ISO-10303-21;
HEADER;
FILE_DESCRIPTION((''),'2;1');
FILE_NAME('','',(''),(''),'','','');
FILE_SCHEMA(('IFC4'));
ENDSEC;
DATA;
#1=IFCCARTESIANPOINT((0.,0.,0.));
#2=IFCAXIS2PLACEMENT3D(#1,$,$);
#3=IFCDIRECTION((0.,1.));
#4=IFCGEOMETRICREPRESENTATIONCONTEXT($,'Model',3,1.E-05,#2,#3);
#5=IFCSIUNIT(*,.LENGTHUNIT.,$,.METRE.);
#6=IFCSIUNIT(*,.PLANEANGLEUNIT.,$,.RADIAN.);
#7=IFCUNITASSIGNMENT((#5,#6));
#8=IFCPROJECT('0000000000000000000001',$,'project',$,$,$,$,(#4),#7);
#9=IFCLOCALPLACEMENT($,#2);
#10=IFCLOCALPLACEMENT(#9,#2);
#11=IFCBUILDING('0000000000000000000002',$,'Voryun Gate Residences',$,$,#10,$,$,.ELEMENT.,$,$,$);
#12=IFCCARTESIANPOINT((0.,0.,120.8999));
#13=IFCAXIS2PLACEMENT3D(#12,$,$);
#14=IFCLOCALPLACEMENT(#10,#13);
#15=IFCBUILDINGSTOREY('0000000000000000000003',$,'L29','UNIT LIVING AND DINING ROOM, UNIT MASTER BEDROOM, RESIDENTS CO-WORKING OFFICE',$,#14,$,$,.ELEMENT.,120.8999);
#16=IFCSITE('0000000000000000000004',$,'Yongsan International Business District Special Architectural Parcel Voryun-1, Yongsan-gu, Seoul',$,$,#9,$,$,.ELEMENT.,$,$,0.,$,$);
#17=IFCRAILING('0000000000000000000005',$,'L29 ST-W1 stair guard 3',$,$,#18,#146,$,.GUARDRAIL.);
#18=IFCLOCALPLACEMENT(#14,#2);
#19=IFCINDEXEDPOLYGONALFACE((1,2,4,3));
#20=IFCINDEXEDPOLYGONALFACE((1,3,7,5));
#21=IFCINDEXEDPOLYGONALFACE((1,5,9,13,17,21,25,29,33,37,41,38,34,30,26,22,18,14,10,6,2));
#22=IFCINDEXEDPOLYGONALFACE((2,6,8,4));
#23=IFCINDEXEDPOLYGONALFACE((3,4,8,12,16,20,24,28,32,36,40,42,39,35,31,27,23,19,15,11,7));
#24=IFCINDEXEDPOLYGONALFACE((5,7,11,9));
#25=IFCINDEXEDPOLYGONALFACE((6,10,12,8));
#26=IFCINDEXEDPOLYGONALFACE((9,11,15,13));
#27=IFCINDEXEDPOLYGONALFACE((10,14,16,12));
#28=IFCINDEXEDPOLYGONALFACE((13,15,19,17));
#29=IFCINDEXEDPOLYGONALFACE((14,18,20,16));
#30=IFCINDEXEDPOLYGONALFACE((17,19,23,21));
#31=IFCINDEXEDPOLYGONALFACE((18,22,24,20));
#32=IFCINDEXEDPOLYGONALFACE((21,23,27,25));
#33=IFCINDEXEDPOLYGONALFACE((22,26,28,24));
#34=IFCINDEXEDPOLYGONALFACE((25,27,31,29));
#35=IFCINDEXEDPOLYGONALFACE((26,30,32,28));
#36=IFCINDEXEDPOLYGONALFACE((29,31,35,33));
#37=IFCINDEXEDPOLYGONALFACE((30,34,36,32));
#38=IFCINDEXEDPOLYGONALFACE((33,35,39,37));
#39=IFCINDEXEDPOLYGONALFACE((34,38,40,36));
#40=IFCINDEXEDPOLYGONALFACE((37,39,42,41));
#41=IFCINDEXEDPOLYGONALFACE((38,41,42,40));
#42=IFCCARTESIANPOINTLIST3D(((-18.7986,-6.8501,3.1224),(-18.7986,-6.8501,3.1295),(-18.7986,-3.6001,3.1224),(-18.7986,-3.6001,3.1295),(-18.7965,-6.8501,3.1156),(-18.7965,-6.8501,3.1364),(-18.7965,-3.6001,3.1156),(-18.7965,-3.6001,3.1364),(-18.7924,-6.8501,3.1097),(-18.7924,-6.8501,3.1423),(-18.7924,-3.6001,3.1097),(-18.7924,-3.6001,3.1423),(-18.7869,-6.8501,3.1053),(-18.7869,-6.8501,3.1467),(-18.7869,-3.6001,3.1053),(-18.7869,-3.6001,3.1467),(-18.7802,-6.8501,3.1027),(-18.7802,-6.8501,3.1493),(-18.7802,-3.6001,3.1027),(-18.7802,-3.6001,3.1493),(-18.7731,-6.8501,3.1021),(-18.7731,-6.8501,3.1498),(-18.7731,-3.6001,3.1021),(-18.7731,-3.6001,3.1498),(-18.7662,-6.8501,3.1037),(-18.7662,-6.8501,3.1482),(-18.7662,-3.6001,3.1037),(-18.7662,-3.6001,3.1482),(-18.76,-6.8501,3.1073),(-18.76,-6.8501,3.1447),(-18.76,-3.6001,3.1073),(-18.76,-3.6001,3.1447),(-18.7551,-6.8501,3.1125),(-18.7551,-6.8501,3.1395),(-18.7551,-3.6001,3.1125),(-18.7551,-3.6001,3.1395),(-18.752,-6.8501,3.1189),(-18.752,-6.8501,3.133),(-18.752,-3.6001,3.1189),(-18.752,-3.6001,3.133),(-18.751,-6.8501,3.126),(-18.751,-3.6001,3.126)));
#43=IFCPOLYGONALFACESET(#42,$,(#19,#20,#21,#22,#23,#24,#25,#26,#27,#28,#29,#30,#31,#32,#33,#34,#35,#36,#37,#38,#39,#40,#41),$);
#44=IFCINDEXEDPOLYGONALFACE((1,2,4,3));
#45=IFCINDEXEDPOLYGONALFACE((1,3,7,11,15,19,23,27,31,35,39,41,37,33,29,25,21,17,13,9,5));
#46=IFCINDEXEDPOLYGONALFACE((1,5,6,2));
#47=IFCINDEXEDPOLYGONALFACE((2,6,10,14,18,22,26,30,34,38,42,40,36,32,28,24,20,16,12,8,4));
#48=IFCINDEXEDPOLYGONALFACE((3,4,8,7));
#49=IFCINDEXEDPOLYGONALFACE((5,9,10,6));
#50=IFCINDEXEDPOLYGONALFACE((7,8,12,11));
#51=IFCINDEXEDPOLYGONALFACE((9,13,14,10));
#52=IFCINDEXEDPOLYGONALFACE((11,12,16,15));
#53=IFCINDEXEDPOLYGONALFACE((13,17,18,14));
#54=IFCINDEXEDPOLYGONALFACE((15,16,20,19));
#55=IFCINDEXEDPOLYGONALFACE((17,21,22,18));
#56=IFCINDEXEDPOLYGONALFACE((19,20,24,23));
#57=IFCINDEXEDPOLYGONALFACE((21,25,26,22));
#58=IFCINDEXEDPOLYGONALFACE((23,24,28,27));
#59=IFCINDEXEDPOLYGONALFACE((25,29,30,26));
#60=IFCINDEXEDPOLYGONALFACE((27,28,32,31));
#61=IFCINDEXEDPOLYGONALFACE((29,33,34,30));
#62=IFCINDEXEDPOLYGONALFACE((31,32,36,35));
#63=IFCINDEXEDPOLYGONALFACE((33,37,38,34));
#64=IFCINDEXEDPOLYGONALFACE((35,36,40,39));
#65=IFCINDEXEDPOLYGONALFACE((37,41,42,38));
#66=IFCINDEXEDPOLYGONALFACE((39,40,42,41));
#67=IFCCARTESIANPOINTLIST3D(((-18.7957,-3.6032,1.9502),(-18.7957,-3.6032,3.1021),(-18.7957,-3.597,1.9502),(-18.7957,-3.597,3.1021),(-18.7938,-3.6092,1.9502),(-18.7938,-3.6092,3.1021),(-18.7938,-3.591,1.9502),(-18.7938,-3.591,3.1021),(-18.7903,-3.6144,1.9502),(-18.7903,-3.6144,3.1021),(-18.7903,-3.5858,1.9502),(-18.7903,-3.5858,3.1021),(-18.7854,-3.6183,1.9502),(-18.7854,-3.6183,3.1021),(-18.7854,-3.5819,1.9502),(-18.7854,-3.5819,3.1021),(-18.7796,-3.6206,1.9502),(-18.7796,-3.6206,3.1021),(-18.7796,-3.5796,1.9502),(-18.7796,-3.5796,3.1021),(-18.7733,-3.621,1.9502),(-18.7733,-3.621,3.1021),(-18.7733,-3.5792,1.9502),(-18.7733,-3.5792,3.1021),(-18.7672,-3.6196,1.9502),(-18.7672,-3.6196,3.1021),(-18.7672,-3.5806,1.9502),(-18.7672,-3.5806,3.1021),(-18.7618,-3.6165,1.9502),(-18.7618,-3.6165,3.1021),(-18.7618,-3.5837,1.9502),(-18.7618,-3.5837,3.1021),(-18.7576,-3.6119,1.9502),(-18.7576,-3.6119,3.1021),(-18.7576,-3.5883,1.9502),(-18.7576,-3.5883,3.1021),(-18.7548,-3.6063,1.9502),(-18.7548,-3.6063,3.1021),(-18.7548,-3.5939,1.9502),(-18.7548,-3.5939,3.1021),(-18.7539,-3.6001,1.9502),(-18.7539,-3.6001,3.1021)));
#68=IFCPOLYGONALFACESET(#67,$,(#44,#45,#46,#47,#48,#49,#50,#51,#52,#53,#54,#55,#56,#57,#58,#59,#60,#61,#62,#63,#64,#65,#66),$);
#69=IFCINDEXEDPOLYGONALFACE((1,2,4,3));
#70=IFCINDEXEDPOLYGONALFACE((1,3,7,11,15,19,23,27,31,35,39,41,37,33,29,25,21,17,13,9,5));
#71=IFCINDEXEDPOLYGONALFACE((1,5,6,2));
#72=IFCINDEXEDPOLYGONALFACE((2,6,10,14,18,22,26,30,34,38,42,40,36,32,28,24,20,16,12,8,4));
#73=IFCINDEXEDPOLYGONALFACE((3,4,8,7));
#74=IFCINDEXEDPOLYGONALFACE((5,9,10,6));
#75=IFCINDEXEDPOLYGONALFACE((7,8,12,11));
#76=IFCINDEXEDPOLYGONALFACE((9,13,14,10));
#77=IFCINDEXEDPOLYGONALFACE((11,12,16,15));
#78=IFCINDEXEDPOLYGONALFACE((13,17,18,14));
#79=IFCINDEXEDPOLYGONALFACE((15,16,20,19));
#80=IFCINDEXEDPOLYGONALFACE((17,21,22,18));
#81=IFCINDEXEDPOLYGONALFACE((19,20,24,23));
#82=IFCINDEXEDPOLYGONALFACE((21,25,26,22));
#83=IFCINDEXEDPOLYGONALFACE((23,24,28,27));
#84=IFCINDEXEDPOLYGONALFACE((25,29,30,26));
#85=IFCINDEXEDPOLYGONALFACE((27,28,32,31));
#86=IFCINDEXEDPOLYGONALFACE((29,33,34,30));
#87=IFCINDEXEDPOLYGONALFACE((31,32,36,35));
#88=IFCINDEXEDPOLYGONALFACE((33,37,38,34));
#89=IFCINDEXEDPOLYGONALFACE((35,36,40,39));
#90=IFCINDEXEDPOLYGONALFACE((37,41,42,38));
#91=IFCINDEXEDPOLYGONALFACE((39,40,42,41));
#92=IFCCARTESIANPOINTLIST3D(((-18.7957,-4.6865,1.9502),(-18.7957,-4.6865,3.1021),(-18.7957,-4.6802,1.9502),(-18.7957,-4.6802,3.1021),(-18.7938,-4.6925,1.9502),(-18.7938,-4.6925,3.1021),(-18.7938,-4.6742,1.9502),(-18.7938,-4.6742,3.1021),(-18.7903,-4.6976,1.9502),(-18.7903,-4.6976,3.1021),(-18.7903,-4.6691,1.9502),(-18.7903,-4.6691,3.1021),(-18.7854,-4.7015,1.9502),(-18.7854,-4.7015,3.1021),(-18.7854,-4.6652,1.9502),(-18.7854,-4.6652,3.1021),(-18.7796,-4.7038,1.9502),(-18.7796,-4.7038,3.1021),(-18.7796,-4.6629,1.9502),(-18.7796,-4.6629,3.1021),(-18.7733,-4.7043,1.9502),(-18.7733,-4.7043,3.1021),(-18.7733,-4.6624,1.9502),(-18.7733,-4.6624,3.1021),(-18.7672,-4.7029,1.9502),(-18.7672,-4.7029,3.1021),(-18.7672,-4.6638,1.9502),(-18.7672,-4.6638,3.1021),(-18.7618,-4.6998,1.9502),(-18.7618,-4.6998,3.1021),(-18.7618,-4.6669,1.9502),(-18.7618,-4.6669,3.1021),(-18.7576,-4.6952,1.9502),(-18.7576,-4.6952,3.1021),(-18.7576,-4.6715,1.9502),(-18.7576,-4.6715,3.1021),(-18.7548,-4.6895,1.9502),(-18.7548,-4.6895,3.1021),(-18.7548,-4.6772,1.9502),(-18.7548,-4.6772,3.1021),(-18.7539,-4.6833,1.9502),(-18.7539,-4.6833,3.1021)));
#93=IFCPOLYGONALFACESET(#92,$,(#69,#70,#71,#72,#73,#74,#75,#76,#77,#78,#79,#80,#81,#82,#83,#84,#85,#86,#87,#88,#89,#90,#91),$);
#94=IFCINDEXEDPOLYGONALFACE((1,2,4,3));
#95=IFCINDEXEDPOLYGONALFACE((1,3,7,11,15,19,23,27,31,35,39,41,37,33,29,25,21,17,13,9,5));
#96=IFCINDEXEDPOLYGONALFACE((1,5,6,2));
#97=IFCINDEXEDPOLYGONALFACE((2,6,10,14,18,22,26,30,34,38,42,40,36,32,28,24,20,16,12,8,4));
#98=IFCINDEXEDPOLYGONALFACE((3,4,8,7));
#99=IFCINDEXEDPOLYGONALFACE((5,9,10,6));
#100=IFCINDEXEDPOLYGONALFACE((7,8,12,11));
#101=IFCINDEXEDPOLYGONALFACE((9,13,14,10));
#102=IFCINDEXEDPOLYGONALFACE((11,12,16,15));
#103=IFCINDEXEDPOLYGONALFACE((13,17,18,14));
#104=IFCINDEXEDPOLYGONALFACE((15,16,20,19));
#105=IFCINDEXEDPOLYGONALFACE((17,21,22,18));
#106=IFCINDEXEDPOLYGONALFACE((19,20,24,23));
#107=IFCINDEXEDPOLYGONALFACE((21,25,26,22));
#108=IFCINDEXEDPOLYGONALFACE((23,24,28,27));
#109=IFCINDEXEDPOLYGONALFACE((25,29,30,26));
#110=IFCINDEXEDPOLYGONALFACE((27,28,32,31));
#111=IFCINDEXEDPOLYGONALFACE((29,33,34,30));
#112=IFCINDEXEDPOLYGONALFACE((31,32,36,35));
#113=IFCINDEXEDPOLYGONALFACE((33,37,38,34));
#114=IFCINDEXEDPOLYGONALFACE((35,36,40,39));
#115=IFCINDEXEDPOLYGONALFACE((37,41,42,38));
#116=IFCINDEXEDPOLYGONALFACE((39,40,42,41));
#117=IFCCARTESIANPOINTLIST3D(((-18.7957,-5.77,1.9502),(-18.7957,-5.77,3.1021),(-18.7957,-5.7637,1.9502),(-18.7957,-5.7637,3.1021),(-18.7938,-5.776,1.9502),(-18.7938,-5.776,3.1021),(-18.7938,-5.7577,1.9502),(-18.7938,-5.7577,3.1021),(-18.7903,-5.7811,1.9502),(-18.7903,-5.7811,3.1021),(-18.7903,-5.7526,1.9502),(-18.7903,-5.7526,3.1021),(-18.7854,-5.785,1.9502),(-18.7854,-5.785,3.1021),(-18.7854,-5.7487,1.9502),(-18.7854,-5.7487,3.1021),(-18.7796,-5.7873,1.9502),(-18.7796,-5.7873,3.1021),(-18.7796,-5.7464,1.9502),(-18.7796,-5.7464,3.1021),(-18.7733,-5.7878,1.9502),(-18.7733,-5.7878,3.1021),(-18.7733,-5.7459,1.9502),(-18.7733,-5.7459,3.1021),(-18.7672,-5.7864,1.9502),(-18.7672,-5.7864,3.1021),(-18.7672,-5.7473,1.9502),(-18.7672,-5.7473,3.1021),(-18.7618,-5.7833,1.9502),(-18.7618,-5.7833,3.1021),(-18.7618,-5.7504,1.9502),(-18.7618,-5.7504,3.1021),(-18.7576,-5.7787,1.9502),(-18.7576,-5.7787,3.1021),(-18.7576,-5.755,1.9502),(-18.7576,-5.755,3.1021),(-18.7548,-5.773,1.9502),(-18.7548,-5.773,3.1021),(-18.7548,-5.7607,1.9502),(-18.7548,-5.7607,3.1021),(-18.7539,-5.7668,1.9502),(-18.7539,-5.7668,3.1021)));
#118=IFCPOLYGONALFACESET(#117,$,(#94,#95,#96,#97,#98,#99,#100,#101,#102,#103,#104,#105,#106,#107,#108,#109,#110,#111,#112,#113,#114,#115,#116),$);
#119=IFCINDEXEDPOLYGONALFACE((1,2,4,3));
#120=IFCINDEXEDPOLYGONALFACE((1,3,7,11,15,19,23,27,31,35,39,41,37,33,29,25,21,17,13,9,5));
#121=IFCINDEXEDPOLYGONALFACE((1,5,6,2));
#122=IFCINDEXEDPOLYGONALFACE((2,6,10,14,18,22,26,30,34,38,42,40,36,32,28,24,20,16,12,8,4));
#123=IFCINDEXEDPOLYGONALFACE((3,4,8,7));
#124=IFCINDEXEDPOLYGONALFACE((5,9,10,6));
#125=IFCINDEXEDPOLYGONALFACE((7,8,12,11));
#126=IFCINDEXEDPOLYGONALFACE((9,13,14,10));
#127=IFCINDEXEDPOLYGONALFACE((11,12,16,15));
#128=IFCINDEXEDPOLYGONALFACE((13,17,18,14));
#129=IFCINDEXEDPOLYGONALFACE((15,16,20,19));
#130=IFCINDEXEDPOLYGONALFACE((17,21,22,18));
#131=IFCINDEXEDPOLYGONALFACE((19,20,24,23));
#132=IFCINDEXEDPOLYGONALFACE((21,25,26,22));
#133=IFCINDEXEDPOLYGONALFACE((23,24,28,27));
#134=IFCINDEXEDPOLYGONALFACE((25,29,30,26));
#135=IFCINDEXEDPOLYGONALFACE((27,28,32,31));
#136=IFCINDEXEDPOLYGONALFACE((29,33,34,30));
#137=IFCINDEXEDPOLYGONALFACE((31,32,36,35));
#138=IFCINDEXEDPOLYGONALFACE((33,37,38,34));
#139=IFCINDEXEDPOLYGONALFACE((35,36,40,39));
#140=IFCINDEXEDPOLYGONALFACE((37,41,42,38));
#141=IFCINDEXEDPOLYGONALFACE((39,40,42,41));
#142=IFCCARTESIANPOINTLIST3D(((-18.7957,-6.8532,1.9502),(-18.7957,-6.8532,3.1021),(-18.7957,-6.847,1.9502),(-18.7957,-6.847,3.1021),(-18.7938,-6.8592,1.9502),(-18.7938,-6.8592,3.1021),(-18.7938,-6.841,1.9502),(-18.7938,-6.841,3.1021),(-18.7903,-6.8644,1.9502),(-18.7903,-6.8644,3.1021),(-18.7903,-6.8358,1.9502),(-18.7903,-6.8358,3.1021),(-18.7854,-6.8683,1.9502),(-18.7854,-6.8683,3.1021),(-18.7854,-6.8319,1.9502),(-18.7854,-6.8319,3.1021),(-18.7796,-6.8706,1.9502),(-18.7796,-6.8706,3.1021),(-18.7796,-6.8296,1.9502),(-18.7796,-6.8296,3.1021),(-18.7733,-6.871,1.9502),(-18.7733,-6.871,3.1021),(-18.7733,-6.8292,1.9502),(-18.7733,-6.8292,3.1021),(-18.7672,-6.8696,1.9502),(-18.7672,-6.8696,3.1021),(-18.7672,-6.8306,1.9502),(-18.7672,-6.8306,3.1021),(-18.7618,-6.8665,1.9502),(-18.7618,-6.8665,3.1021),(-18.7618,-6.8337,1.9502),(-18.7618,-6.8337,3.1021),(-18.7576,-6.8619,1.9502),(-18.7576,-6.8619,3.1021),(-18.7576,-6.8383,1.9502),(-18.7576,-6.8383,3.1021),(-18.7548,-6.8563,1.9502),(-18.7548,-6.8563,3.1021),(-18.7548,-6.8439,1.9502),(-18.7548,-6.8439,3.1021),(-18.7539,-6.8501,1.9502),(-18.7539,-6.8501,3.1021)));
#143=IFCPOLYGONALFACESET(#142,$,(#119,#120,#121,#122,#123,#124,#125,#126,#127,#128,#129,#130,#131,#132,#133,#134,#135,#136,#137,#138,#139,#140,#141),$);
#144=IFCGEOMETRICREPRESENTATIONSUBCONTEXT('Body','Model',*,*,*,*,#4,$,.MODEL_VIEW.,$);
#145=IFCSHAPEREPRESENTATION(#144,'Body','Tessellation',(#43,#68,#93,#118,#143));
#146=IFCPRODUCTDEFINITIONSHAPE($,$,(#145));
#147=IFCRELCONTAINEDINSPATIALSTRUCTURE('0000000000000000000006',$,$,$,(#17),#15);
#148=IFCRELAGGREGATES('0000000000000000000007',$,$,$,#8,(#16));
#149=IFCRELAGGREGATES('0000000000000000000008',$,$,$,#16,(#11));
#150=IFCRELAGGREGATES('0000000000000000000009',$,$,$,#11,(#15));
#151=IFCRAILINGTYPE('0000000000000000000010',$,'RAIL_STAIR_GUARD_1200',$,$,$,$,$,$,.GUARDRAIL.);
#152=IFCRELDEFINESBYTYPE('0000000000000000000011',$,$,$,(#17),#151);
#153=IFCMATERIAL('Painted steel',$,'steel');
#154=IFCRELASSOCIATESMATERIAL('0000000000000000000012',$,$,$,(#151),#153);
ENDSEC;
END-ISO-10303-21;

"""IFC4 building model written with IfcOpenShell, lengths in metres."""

from ifc_helpers import new_model, si_unit, direction, frame, origin, origin_2d, place, context, subcontext, project, spatial, circle, extrude, material, type_object, element, save


model = new_model("IFC4")

# Units and contexts
model_context = context("Model", 3, precision=1e-05, world=origin(), true_north=direction((0.0, 1.0)))
body_context = subcontext(model_context, "Body", "Model", "MODEL_VIEW")
ifc_project = project(units=[si_unit("LENGTHUNIT", "METRE"), si_unit("PLANEANGLEUNIT", "RADIAN")], contexts=[model_context])

# Site, building, storey
site_placement = place(None, origin())
site = spatial("IfcSite", under=ifc_project, at=site_placement, Name="Yongsan International Business District Special Architectural Parcel Voryun-1, Yongsan-gu, Seoul", CompositionType="ELEMENT", RefElevation=0.0)
building_placement = place(site_placement, origin())
building = spatial("IfcBuilding", under=site, at=building_placement, Name="Voryun Gate Residences", CompositionType="ELEMENT")
storey_placement = place(building_placement, frame((0.0, 0.0, 120.8999)))
storey = spatial("IfcBuildingStorey", under=building, at=storey_placement, Name="L29", Description="UNIT LIVING AND DINING ROOM, UNIT MASTER BEDROOM, RESIDENTS CO-WORKING OFFICE", CompositionType="ELEMENT", Elevation=120.8999)

# Railing
ifc_material_1 = material(Name="Painted steel", Category="steel")
railing_type_1 = type_object("IfcRailingType", Name="RAIL_STAIR_GUARD_1200", PredefinedType="GUARDRAIL", material=ifc_material_1)
railing_1_placement = place(storey_placement, frame((-18.7749, -3.6001, 1.9502)))
element("IfcRailing", 1, at=railing_1_placement, inside=storey, type_object=railing_type_1, Name="L29 ST-W1 stair guard 3", PredefinedType="GUARDRAIL", context=body_context, shape_type="SweptSolid", body=[
    extrude(circle(Radius=0.0239, at=origin_2d()), frame((0.0, 0.0, 1.1758), z_axis=(0.0, -1.0, 0.0), x_axis=(1.0, 0.0, 0.0)), (0.0, 0.0, 1.0), 3.25),
    extrude(circle(Radius=0.021, at=origin_2d()), origin(), (0.0, 0.0, 1.0), 1.1519),
    extrude(circle(Radius=0.021, at=origin_2d()), frame((0.0, -1.0833, 0.0)), (0.0, 0.0, 1.0), 1.1519),
    extrude(circle(Radius=0.021, at=origin_2d()), frame((0.0, -2.1667, 0.0)), (0.0, 0.0, 1.0), 1.1519),
    extrude(circle(Radius=0.021, at=origin_2d()), frame((0.0, -3.25, 0.0)), (0.0, 0.0, 1.0), 1.1519),
])

save(model, "model.ifc")
